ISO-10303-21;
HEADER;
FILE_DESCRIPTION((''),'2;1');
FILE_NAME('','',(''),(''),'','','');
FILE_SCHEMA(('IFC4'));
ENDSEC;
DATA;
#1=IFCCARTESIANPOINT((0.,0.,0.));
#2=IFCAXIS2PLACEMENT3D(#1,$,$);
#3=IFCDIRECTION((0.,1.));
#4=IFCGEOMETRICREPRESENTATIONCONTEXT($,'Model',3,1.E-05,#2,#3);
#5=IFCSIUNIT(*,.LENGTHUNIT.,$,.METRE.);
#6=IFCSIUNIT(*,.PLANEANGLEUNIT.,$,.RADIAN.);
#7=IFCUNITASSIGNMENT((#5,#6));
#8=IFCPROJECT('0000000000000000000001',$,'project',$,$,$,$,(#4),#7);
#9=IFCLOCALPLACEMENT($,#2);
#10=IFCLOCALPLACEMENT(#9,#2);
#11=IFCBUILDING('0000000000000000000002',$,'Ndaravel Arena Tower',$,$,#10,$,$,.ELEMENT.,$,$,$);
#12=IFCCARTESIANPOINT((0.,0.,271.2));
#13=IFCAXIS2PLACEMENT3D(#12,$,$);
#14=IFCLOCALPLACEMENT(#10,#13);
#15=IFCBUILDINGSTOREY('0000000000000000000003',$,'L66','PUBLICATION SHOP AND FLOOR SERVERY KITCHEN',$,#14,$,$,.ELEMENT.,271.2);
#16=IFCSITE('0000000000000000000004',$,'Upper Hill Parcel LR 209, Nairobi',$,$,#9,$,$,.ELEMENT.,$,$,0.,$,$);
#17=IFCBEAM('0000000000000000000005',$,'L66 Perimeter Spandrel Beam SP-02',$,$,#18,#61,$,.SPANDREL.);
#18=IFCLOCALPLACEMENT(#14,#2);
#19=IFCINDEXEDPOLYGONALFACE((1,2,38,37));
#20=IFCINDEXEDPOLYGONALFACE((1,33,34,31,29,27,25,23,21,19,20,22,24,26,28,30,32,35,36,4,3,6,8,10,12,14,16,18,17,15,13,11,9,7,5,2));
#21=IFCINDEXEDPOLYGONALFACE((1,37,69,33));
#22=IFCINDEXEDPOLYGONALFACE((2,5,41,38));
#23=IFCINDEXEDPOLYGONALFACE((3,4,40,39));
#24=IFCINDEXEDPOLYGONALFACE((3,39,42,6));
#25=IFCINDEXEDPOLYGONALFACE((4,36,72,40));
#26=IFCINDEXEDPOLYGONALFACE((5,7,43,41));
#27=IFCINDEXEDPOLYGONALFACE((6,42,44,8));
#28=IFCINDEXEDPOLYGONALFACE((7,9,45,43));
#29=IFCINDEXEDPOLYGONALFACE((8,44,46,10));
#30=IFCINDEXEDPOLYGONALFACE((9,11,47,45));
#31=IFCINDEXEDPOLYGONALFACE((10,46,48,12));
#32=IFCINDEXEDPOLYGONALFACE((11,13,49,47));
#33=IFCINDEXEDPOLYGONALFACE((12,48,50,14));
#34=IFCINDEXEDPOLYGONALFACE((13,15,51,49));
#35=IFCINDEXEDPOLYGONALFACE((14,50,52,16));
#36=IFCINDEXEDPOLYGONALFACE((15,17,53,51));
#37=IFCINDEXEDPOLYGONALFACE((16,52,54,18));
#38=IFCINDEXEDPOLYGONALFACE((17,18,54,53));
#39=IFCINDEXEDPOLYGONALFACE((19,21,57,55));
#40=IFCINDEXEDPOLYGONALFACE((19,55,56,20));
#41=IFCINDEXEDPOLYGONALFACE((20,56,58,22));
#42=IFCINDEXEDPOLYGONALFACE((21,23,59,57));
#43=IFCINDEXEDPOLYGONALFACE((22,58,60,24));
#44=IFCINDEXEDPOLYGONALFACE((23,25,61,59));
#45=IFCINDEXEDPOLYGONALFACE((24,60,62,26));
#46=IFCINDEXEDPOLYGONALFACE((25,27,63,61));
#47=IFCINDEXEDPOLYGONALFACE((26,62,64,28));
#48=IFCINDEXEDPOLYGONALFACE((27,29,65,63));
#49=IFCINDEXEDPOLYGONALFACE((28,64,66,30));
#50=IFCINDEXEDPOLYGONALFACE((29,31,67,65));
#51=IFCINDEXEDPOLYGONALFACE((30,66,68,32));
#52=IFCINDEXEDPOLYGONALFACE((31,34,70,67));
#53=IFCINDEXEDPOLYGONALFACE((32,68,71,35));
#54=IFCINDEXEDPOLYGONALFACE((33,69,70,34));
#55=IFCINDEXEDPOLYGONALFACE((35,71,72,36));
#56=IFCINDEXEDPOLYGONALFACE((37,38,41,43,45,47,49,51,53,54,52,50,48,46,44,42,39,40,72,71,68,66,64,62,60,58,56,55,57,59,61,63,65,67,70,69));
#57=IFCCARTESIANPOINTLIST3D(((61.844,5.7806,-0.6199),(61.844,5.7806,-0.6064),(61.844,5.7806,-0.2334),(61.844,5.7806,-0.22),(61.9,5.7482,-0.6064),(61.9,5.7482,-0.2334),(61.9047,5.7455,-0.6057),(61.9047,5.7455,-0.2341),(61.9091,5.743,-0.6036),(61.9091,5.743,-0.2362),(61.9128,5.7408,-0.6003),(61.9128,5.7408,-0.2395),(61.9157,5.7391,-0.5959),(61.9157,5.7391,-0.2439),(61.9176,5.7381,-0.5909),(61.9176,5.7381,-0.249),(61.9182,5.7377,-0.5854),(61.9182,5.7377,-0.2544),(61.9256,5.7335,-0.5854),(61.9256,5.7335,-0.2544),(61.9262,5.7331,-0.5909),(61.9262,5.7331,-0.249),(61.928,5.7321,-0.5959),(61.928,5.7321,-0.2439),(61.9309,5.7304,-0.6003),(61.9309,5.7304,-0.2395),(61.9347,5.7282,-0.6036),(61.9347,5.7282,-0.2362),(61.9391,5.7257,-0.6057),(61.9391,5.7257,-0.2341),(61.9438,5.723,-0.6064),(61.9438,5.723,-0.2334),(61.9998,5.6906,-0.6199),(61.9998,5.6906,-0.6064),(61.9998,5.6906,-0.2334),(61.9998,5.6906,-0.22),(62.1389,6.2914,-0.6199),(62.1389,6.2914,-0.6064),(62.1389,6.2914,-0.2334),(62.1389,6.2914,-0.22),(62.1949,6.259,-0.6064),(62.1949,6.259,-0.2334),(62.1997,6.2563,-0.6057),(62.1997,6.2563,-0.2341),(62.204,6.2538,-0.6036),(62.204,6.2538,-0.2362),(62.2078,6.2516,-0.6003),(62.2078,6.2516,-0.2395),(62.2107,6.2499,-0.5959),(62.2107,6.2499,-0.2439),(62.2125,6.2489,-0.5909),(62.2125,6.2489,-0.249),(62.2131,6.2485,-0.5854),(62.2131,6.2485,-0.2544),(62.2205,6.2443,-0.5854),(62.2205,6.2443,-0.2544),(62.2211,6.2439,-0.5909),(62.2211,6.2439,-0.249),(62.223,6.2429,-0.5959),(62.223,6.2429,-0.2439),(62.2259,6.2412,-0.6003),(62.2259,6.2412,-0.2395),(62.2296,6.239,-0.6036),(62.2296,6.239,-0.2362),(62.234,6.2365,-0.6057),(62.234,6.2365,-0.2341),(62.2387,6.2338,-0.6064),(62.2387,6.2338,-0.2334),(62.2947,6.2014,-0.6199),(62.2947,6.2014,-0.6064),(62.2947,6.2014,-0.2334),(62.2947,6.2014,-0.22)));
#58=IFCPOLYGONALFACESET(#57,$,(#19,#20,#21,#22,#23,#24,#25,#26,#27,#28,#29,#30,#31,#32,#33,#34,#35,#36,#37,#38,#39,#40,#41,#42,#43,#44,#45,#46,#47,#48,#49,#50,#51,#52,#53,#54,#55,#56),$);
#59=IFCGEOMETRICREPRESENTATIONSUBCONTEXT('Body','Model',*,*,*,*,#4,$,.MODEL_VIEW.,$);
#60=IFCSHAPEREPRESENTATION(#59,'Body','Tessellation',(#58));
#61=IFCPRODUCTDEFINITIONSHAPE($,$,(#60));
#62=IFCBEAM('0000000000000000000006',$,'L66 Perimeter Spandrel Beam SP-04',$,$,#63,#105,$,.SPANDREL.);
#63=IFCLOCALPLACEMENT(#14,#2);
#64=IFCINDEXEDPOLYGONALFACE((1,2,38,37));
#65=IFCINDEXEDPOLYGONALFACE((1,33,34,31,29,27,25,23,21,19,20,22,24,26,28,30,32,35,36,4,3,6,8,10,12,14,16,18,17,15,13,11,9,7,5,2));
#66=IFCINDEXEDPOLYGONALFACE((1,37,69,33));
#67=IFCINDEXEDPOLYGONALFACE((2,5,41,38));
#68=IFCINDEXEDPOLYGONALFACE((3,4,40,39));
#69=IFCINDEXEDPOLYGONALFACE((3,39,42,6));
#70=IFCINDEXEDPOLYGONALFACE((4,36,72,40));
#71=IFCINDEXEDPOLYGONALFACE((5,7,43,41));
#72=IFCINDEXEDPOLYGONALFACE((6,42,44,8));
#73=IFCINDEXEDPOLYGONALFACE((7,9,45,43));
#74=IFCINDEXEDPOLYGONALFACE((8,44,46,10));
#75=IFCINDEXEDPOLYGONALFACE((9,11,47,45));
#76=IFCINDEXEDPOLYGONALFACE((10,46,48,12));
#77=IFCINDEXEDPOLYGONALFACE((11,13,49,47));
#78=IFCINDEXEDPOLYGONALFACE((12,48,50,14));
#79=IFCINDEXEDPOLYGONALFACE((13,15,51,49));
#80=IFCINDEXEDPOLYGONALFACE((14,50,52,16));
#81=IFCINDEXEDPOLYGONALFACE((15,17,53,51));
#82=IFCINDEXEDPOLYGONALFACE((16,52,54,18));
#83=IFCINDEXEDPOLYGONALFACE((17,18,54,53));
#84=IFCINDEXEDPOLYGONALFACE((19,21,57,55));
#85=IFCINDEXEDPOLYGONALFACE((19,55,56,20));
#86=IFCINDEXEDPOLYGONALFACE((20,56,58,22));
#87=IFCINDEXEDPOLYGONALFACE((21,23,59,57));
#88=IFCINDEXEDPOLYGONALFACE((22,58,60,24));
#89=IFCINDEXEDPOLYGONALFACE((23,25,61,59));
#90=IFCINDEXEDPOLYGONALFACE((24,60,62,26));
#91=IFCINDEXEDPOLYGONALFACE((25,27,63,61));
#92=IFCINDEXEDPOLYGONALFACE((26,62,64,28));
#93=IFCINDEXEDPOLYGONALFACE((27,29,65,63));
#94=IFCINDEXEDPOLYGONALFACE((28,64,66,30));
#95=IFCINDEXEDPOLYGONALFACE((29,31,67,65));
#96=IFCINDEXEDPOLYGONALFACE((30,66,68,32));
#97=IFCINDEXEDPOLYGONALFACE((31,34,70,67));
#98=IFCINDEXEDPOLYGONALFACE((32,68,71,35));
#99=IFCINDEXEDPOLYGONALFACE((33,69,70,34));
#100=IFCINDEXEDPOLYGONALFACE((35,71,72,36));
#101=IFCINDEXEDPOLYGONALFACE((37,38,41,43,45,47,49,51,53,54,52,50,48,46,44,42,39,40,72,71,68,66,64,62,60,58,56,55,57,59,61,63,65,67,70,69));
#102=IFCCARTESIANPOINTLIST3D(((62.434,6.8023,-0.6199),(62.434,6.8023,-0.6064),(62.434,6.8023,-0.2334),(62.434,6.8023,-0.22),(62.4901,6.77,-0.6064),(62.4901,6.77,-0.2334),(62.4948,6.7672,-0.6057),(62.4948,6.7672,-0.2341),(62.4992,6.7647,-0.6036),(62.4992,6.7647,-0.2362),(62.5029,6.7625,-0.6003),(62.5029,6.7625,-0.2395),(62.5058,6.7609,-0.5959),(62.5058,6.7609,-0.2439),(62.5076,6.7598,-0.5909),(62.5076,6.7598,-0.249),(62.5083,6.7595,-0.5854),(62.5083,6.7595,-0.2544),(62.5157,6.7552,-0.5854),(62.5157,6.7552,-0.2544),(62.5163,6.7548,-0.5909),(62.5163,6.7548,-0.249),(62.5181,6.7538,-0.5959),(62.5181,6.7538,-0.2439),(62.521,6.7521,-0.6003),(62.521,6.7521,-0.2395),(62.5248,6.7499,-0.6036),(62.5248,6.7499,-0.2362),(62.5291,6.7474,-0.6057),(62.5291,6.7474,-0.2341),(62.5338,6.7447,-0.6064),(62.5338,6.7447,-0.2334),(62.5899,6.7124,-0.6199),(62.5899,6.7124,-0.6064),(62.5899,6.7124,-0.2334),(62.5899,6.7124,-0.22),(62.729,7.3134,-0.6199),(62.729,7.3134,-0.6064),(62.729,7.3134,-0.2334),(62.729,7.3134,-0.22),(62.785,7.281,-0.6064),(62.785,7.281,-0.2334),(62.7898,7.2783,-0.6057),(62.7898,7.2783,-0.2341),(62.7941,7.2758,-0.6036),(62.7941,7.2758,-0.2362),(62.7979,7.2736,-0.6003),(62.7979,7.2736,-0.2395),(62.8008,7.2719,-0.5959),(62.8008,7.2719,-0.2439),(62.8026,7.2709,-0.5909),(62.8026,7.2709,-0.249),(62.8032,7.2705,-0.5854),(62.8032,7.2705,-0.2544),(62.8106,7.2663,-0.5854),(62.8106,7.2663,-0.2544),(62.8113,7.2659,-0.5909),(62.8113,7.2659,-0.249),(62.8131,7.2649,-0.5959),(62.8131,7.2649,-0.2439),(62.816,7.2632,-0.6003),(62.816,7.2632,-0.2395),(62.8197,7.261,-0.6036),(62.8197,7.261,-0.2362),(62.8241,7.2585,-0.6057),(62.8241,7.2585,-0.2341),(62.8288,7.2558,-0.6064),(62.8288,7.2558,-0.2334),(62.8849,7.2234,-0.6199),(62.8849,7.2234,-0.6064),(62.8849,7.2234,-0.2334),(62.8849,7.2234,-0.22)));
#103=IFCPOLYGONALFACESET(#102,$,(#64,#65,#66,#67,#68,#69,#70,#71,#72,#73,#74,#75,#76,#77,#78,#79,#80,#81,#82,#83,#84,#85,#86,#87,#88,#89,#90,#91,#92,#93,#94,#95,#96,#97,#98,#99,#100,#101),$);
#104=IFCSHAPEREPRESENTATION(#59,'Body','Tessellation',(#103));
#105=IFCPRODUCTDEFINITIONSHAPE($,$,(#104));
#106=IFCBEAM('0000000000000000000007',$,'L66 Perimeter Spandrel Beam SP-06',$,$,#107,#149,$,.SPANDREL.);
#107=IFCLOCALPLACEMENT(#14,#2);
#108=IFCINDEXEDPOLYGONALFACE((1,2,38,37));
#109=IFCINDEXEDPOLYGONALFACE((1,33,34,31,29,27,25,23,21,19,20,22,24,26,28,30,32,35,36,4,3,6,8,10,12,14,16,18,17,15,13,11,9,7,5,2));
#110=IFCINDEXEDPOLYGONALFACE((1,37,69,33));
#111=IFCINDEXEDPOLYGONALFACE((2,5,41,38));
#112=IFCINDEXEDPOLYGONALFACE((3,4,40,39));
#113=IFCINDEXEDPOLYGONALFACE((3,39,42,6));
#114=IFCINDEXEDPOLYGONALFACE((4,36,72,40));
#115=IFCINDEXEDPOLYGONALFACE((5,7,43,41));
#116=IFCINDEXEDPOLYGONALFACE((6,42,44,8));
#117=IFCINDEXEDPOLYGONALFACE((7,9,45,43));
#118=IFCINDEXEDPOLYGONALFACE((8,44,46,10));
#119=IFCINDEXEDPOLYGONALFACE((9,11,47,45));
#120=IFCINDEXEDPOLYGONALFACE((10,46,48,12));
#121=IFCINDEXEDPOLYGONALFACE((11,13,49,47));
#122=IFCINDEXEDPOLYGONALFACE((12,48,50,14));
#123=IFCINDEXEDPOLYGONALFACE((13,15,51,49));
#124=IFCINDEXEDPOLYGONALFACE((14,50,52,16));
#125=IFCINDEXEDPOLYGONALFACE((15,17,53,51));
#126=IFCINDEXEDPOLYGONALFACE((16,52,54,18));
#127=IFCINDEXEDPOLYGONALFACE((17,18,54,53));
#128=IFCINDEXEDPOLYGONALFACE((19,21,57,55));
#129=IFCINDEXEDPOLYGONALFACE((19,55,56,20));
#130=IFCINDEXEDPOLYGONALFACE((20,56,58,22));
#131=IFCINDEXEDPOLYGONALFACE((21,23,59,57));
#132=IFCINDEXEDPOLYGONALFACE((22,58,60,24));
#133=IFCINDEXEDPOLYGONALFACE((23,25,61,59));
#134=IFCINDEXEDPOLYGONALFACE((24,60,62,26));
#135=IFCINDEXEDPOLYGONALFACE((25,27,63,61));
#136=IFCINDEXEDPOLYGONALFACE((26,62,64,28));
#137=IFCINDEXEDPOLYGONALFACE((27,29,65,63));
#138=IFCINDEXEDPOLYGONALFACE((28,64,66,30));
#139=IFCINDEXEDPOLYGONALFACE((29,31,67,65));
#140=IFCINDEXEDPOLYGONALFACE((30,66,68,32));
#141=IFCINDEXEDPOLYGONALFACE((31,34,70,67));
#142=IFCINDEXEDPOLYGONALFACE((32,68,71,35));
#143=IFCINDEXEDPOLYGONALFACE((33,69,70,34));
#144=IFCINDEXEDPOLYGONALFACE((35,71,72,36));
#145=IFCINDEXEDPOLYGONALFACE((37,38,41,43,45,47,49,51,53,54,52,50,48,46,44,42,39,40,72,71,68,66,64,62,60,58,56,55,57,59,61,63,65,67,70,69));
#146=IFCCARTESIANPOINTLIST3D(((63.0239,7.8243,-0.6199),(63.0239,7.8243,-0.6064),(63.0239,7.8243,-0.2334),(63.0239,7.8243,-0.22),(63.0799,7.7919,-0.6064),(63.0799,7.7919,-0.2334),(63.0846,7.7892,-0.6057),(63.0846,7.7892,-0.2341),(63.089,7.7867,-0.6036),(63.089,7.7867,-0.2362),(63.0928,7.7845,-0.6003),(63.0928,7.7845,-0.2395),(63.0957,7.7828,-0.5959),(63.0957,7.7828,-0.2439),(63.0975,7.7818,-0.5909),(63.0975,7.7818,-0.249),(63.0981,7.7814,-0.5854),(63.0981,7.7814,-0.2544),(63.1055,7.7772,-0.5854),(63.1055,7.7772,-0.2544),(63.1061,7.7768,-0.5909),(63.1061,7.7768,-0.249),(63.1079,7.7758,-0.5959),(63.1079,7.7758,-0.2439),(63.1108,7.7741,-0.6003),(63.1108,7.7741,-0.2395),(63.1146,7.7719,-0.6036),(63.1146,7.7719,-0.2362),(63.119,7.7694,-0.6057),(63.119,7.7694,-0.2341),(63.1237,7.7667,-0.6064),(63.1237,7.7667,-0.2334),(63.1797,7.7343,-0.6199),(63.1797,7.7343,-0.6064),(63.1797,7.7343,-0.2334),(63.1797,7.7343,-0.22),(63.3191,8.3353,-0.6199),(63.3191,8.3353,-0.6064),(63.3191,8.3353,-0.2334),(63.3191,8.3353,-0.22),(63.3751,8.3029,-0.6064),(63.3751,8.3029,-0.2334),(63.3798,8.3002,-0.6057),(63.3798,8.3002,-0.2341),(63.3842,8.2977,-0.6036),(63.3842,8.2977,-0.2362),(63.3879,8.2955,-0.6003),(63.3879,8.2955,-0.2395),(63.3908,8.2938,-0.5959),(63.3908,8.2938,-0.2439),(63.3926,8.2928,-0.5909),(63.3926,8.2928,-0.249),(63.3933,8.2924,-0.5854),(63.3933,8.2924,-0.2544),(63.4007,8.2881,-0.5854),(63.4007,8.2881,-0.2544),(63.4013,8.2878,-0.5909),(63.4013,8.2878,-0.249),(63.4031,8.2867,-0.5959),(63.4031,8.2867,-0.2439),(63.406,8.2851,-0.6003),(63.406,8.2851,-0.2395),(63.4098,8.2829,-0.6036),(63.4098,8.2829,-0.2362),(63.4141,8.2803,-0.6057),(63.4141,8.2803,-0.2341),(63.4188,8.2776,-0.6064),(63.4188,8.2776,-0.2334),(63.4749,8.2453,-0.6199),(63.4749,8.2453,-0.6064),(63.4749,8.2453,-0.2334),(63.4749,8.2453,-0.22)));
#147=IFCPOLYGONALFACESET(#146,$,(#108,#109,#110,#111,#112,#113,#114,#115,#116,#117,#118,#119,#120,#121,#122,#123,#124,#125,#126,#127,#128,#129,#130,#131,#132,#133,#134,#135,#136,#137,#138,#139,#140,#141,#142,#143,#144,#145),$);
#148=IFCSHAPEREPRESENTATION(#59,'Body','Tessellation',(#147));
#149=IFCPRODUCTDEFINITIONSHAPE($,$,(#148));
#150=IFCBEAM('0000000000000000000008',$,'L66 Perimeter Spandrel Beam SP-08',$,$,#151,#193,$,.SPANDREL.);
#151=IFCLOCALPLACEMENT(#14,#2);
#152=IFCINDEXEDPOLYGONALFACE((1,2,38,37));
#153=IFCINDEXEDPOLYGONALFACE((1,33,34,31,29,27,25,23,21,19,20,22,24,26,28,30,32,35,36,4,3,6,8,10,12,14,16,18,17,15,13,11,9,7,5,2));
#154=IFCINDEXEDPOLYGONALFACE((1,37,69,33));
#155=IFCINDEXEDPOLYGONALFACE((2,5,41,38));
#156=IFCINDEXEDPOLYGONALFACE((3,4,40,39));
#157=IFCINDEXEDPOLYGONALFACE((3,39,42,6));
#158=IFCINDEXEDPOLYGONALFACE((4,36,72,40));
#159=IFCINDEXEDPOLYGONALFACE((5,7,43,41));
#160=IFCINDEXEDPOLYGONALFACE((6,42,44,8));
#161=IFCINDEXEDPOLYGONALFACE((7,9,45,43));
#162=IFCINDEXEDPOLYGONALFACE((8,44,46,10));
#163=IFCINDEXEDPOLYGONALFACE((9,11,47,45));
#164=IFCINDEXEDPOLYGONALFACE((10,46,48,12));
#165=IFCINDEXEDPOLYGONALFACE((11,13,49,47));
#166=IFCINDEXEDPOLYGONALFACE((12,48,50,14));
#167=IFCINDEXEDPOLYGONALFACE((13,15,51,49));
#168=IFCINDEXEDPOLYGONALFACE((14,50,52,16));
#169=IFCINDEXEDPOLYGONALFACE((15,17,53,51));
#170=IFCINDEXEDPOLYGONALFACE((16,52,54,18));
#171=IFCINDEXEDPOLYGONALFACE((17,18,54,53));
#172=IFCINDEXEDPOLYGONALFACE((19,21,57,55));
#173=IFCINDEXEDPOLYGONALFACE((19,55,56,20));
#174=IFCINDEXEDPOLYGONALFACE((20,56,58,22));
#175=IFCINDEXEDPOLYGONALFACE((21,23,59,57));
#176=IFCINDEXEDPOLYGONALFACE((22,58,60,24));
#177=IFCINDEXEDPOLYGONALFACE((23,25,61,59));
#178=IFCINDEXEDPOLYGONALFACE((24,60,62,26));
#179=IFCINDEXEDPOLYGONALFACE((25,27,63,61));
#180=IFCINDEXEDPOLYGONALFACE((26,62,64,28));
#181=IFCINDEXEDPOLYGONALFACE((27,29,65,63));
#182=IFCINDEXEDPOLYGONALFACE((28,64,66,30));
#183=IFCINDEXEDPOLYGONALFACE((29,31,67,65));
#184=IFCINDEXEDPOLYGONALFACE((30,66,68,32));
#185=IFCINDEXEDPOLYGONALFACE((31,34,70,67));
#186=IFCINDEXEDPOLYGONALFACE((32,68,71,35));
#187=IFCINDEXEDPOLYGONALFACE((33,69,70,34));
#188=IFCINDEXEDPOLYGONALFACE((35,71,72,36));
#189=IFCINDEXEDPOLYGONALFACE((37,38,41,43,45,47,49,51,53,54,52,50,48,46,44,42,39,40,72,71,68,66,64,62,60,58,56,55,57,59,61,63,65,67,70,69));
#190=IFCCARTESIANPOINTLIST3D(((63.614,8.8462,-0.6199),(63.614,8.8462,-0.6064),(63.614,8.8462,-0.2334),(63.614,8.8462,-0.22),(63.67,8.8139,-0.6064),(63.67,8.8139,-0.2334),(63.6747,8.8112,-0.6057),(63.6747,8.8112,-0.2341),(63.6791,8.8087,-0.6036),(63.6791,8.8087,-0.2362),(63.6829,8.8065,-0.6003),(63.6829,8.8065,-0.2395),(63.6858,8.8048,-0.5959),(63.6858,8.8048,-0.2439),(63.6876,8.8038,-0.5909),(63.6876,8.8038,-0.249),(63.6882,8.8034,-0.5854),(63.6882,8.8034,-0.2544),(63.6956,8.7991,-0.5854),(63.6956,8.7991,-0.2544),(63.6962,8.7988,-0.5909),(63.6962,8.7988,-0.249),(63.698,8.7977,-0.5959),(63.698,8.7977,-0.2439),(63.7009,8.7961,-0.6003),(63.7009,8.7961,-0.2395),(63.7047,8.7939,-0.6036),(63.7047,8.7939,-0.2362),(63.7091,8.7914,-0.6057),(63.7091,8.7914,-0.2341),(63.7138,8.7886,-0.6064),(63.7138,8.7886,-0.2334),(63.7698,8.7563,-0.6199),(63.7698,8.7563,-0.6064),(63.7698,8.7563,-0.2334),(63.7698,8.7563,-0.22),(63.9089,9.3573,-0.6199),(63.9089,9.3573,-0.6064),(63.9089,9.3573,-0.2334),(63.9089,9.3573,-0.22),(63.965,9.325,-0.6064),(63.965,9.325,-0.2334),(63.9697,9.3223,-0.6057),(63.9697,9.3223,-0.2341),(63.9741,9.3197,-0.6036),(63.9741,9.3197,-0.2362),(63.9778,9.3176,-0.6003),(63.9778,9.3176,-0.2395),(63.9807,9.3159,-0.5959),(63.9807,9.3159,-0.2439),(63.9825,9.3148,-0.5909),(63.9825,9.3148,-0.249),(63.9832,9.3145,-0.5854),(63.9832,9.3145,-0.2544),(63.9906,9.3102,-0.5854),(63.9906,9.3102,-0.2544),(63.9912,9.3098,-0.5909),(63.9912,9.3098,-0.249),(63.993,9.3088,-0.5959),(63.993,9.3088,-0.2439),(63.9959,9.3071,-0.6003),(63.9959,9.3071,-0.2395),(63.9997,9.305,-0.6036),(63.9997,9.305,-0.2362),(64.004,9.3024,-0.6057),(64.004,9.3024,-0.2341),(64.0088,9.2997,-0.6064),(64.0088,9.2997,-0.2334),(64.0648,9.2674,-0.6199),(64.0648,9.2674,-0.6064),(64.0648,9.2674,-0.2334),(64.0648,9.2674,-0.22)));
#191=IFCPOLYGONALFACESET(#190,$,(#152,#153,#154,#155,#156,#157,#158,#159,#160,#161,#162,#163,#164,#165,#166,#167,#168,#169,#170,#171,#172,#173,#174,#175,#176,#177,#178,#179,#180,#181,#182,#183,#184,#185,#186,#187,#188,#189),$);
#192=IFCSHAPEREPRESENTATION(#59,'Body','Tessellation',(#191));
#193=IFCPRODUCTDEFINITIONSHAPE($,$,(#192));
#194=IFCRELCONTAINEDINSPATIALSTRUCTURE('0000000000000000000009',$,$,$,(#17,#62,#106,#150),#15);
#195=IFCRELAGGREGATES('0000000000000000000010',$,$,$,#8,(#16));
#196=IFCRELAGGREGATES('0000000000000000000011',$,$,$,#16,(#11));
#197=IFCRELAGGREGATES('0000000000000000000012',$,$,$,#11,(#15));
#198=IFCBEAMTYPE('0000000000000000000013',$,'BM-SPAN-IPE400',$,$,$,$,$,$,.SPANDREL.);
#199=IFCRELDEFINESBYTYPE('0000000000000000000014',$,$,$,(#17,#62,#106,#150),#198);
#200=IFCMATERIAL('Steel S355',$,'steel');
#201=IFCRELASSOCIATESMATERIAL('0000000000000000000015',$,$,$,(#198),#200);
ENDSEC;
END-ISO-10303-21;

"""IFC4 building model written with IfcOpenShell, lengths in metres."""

from ifc_helpers import new_model, si_unit, direction, frame, origin, origin_2d, place, context, subcontext, project, spatial, i_section, extrude, material, material_profile, profile_set, type_object, element, save


model = new_model("IFC4")

# Units and contexts
model_context = context("Model", 3, precision=1e-05, world=origin(), true_north=direction((0.0, 1.0)))
body_context = subcontext(model_context, "Body", "Model", "MODEL_VIEW")
ifc_project = project(units=[si_unit("LENGTHUNIT", "METRE"), si_unit("PLANEANGLEUNIT", "RADIAN")], contexts=[model_context])

# Site, building, storey
site_placement = place(None, origin())
site = spatial("IfcSite", under=ifc_project, at=site_placement, Name="Upper Hill Parcel LR 209, Nairobi", CompositionType="ELEMENT", RefElevation=0.0)
building_placement = place(site_placement, origin())
building = spatial("IfcBuilding", under=site, at=building_placement, Name="Ndaravel Arena Tower", CompositionType="ELEMENT")
storey_placement = place(building_placement, frame((0.0, 0.0, 271.2)))
storey = spatial("IfcBuildingStorey", under=building, at=storey_placement, Name="L66", Description="PUBLICATION SHOP AND FLOOR SERVERY KITCHEN", CompositionType="ELEMENT", Elevation=271.2)

# Beams
ifc_material_1 = material(Name="Steel S355", Category="steel")
ifc_material_profile_1 = material_profile(ifc_material_1, i_section(OverallWidth=0.1799, OverallDepth=0.3999, WebThickness=0.0085, FlangeThickness=0.0134, FilletRadius=0.021, at=origin_2d()), Name="IPE 400")
ifc_profile_set_1 = profile_set([ifc_material_profile_1], Name="Steel S355")
beam_type = type_object("IfcBeamType", Name="BM-SPAN-IPE400", PredefinedType="SPANDREL", material=ifc_profile_set_1)
beam_1_placement = place(storey_placement, frame((61.9219, 5.7356, -0.4199), z_axis=(0.500057, 0.865993, 0.0), x_axis=(-0.865993, 0.500057, 0.0)))
element("IfcBeam", 1, at=beam_1_placement, inside=storey, type_object=beam_type, Name="L66 Perimeter Spandrel Beam SP-02", PredefinedType="SPANDREL", context=body_context, shape_type="SweptSolid", body=[
    extrude(i_section(OverallWidth=0.1799, OverallDepth=0.3999, WebThickness=0.0085, FlangeThickness=0.0134, FilletRadius=0.021, at=origin_2d()), origin(), (0.0, 0.0, 1.0), 0.5898),
])
for number, where, z_axis, x_axis, name in (
    (2, (62.512, 6.7573, -0.4199), (0.499878, 0.866096, 0.0), (-0.866096, 0.499878, 0.0), "L66 Perimeter Spandrel Beam SP-04"),
    (3, (63.1018, 7.7793, -0.4199), (0.500188, 0.865917, 0.0), (-0.865917, 0.500188, 0.0), "L66 Perimeter Spandrel Beam SP-06"),
    (4, (63.6919, 8.8013, -0.4199), (0.499878, 0.866096, 0.0), (-0.866096, 0.499878, 0.0), "L66 Perimeter Spandrel Beam SP-08"),
):
    element("IfcBeam", number, at=place(storey_placement, frame(where, z_axis=z_axis, x_axis=x_axis)), inside=storey, type_object=beam_type, Name=name, PredefinedType="SPANDREL", context=body_context, shape_type="SweptSolid", body=[
        extrude(i_section(OverallWidth=0.1799, OverallDepth=0.3999, WebThickness=0.0085, FlangeThickness=0.0134, FilletRadius=0.021, at=origin_2d()), origin(), (0.0, 0.0, 1.0), 0.5901),
    ])

save(model, "model.ifc")
